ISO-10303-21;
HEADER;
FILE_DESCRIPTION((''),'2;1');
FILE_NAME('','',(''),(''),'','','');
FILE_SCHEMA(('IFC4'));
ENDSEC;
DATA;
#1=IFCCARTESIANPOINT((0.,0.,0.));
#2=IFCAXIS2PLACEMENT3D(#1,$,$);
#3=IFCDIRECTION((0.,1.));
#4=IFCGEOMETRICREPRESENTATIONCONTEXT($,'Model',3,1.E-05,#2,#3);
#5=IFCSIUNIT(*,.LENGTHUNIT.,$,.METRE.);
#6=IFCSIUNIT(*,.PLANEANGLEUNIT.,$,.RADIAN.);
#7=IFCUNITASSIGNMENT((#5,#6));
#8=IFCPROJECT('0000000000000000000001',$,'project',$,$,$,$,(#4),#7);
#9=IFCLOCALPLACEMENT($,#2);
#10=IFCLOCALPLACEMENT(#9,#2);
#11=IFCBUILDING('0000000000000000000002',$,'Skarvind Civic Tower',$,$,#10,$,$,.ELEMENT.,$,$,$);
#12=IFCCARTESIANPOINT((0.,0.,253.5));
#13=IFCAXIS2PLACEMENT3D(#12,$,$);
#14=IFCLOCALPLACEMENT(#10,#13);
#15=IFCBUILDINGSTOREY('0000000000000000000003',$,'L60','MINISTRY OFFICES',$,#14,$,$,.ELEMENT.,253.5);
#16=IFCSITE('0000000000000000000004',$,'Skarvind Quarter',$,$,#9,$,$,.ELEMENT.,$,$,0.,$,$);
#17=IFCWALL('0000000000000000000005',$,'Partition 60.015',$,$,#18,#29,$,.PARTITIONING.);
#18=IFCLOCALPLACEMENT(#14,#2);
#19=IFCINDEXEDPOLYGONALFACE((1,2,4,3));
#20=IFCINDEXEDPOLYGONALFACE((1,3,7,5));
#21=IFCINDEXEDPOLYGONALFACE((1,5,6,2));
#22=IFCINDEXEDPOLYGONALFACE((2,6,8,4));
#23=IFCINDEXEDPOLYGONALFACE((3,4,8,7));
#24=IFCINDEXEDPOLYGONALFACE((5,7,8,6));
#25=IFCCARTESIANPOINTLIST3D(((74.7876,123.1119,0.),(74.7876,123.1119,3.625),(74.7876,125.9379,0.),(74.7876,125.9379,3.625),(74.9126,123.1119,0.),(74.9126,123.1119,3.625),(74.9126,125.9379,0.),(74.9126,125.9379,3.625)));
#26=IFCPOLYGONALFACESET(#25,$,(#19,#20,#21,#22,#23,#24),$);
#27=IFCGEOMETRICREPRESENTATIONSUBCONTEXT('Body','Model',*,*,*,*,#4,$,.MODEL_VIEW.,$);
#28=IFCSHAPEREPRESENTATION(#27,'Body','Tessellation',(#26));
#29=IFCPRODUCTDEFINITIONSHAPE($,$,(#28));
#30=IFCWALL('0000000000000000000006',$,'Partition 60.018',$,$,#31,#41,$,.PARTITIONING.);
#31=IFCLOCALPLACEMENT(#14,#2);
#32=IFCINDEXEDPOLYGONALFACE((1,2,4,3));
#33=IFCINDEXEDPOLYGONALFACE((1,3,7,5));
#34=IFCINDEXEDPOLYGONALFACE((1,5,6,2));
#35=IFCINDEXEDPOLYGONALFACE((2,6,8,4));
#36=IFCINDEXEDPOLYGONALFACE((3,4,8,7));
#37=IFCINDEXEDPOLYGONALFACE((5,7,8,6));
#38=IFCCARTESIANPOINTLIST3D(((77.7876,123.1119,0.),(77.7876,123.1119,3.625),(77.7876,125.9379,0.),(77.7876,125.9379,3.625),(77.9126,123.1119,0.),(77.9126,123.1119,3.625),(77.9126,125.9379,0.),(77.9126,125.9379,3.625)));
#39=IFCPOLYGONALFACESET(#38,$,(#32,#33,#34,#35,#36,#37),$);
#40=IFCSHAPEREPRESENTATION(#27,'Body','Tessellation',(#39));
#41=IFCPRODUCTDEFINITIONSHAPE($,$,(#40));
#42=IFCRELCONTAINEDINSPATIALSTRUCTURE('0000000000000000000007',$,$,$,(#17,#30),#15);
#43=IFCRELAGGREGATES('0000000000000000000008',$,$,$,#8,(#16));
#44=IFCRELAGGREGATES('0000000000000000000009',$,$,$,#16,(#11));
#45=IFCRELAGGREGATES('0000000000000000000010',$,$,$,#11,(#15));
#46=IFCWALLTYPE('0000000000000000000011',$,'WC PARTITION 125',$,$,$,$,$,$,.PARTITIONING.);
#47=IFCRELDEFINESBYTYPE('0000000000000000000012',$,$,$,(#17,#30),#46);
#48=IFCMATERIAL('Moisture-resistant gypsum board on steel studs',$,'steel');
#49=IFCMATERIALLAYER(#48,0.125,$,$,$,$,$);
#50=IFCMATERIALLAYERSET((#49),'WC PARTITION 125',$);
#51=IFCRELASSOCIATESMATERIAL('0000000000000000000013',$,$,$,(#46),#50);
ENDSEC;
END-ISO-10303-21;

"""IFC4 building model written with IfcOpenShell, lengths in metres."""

from ifc_helpers import new_model, si_unit, direction, frame, frame_2d, origin, place, context, subcontext, project, spatial, rectangle, extrude, material, layer, layer_set, type_object, element, save


model = new_model("IFC4")

# Units and contexts
model_context = context("Model", 3, precision=1e-05, world=origin(), true_north=direction((0.0, 1.0)))
body_context = subcontext(model_context, "Body", "Model", "MODEL_VIEW")
ifc_project = project(units=[si_unit("LENGTHUNIT", "METRE"), si_unit("PLANEANGLEUNIT", "RADIAN")], contexts=[model_context])

# Site, building, storey
site_placement = place(None, origin())
site = spatial("IfcSite", under=ifc_project, at=site_placement, Name="Skarvind Quarter", CompositionType="ELEMENT", RefElevation=0.0)
building_placement = place(site_placement, origin())
building = spatial("IfcBuilding", under=site, at=building_placement, Name="Skarvind Civic Tower", CompositionType="ELEMENT")
storey_placement = place(building_placement, frame((0.0, 0.0, 253.5)))
storey = spatial("IfcBuildingStorey", under=building, at=storey_placement, Name="L60", Description="MINISTRY OFFICES", CompositionType="ELEMENT", Elevation=253.5)

# Shared definitions
ifc_material_1 = material(Name="Moisture-resistant gypsum board on steel studs", Category="steel")
ifc_layer_1 = layer(ifc_material_1, 0.125)
ifc_layer_set_1 = layer_set([ifc_layer_1], Name="WC PARTITION 125")
wall_type_1 = type_object("IfcWallType", Name="WC PARTITION 125", PredefinedType="PARTITIONING", material=ifc_layer_set_1)

# Walls
for number, where, z_axis, x_axis, name in (
    (1, (74.8501, 125.938, 0.0), (0.0, 0.0, 1.0), (0.0, -1.0, 0.0), "Partition 60.015"),
    (2, (77.8501, 125.938, 0.0), (0.0, 0.0, 1.0), (0.0, -1.0, 0.0), "Partition 60.018"),
):
    element("IfcWall", number, at=place(storey_placement, frame(where, z_axis=z_axis, x_axis=x_axis)), inside=storey, type_object=wall_type_1, Name=name, PredefinedType="PARTITIONING", context=body_context, shape_type="SweptSolid", body=[
        extrude(rectangle(XDim=2.8259, YDim=0.125, at=frame_2d((1.4131, 0.0))), origin(), (0.0, 0.0, 1.0), 3.625),
    ])

save(model, "model.ifc")
